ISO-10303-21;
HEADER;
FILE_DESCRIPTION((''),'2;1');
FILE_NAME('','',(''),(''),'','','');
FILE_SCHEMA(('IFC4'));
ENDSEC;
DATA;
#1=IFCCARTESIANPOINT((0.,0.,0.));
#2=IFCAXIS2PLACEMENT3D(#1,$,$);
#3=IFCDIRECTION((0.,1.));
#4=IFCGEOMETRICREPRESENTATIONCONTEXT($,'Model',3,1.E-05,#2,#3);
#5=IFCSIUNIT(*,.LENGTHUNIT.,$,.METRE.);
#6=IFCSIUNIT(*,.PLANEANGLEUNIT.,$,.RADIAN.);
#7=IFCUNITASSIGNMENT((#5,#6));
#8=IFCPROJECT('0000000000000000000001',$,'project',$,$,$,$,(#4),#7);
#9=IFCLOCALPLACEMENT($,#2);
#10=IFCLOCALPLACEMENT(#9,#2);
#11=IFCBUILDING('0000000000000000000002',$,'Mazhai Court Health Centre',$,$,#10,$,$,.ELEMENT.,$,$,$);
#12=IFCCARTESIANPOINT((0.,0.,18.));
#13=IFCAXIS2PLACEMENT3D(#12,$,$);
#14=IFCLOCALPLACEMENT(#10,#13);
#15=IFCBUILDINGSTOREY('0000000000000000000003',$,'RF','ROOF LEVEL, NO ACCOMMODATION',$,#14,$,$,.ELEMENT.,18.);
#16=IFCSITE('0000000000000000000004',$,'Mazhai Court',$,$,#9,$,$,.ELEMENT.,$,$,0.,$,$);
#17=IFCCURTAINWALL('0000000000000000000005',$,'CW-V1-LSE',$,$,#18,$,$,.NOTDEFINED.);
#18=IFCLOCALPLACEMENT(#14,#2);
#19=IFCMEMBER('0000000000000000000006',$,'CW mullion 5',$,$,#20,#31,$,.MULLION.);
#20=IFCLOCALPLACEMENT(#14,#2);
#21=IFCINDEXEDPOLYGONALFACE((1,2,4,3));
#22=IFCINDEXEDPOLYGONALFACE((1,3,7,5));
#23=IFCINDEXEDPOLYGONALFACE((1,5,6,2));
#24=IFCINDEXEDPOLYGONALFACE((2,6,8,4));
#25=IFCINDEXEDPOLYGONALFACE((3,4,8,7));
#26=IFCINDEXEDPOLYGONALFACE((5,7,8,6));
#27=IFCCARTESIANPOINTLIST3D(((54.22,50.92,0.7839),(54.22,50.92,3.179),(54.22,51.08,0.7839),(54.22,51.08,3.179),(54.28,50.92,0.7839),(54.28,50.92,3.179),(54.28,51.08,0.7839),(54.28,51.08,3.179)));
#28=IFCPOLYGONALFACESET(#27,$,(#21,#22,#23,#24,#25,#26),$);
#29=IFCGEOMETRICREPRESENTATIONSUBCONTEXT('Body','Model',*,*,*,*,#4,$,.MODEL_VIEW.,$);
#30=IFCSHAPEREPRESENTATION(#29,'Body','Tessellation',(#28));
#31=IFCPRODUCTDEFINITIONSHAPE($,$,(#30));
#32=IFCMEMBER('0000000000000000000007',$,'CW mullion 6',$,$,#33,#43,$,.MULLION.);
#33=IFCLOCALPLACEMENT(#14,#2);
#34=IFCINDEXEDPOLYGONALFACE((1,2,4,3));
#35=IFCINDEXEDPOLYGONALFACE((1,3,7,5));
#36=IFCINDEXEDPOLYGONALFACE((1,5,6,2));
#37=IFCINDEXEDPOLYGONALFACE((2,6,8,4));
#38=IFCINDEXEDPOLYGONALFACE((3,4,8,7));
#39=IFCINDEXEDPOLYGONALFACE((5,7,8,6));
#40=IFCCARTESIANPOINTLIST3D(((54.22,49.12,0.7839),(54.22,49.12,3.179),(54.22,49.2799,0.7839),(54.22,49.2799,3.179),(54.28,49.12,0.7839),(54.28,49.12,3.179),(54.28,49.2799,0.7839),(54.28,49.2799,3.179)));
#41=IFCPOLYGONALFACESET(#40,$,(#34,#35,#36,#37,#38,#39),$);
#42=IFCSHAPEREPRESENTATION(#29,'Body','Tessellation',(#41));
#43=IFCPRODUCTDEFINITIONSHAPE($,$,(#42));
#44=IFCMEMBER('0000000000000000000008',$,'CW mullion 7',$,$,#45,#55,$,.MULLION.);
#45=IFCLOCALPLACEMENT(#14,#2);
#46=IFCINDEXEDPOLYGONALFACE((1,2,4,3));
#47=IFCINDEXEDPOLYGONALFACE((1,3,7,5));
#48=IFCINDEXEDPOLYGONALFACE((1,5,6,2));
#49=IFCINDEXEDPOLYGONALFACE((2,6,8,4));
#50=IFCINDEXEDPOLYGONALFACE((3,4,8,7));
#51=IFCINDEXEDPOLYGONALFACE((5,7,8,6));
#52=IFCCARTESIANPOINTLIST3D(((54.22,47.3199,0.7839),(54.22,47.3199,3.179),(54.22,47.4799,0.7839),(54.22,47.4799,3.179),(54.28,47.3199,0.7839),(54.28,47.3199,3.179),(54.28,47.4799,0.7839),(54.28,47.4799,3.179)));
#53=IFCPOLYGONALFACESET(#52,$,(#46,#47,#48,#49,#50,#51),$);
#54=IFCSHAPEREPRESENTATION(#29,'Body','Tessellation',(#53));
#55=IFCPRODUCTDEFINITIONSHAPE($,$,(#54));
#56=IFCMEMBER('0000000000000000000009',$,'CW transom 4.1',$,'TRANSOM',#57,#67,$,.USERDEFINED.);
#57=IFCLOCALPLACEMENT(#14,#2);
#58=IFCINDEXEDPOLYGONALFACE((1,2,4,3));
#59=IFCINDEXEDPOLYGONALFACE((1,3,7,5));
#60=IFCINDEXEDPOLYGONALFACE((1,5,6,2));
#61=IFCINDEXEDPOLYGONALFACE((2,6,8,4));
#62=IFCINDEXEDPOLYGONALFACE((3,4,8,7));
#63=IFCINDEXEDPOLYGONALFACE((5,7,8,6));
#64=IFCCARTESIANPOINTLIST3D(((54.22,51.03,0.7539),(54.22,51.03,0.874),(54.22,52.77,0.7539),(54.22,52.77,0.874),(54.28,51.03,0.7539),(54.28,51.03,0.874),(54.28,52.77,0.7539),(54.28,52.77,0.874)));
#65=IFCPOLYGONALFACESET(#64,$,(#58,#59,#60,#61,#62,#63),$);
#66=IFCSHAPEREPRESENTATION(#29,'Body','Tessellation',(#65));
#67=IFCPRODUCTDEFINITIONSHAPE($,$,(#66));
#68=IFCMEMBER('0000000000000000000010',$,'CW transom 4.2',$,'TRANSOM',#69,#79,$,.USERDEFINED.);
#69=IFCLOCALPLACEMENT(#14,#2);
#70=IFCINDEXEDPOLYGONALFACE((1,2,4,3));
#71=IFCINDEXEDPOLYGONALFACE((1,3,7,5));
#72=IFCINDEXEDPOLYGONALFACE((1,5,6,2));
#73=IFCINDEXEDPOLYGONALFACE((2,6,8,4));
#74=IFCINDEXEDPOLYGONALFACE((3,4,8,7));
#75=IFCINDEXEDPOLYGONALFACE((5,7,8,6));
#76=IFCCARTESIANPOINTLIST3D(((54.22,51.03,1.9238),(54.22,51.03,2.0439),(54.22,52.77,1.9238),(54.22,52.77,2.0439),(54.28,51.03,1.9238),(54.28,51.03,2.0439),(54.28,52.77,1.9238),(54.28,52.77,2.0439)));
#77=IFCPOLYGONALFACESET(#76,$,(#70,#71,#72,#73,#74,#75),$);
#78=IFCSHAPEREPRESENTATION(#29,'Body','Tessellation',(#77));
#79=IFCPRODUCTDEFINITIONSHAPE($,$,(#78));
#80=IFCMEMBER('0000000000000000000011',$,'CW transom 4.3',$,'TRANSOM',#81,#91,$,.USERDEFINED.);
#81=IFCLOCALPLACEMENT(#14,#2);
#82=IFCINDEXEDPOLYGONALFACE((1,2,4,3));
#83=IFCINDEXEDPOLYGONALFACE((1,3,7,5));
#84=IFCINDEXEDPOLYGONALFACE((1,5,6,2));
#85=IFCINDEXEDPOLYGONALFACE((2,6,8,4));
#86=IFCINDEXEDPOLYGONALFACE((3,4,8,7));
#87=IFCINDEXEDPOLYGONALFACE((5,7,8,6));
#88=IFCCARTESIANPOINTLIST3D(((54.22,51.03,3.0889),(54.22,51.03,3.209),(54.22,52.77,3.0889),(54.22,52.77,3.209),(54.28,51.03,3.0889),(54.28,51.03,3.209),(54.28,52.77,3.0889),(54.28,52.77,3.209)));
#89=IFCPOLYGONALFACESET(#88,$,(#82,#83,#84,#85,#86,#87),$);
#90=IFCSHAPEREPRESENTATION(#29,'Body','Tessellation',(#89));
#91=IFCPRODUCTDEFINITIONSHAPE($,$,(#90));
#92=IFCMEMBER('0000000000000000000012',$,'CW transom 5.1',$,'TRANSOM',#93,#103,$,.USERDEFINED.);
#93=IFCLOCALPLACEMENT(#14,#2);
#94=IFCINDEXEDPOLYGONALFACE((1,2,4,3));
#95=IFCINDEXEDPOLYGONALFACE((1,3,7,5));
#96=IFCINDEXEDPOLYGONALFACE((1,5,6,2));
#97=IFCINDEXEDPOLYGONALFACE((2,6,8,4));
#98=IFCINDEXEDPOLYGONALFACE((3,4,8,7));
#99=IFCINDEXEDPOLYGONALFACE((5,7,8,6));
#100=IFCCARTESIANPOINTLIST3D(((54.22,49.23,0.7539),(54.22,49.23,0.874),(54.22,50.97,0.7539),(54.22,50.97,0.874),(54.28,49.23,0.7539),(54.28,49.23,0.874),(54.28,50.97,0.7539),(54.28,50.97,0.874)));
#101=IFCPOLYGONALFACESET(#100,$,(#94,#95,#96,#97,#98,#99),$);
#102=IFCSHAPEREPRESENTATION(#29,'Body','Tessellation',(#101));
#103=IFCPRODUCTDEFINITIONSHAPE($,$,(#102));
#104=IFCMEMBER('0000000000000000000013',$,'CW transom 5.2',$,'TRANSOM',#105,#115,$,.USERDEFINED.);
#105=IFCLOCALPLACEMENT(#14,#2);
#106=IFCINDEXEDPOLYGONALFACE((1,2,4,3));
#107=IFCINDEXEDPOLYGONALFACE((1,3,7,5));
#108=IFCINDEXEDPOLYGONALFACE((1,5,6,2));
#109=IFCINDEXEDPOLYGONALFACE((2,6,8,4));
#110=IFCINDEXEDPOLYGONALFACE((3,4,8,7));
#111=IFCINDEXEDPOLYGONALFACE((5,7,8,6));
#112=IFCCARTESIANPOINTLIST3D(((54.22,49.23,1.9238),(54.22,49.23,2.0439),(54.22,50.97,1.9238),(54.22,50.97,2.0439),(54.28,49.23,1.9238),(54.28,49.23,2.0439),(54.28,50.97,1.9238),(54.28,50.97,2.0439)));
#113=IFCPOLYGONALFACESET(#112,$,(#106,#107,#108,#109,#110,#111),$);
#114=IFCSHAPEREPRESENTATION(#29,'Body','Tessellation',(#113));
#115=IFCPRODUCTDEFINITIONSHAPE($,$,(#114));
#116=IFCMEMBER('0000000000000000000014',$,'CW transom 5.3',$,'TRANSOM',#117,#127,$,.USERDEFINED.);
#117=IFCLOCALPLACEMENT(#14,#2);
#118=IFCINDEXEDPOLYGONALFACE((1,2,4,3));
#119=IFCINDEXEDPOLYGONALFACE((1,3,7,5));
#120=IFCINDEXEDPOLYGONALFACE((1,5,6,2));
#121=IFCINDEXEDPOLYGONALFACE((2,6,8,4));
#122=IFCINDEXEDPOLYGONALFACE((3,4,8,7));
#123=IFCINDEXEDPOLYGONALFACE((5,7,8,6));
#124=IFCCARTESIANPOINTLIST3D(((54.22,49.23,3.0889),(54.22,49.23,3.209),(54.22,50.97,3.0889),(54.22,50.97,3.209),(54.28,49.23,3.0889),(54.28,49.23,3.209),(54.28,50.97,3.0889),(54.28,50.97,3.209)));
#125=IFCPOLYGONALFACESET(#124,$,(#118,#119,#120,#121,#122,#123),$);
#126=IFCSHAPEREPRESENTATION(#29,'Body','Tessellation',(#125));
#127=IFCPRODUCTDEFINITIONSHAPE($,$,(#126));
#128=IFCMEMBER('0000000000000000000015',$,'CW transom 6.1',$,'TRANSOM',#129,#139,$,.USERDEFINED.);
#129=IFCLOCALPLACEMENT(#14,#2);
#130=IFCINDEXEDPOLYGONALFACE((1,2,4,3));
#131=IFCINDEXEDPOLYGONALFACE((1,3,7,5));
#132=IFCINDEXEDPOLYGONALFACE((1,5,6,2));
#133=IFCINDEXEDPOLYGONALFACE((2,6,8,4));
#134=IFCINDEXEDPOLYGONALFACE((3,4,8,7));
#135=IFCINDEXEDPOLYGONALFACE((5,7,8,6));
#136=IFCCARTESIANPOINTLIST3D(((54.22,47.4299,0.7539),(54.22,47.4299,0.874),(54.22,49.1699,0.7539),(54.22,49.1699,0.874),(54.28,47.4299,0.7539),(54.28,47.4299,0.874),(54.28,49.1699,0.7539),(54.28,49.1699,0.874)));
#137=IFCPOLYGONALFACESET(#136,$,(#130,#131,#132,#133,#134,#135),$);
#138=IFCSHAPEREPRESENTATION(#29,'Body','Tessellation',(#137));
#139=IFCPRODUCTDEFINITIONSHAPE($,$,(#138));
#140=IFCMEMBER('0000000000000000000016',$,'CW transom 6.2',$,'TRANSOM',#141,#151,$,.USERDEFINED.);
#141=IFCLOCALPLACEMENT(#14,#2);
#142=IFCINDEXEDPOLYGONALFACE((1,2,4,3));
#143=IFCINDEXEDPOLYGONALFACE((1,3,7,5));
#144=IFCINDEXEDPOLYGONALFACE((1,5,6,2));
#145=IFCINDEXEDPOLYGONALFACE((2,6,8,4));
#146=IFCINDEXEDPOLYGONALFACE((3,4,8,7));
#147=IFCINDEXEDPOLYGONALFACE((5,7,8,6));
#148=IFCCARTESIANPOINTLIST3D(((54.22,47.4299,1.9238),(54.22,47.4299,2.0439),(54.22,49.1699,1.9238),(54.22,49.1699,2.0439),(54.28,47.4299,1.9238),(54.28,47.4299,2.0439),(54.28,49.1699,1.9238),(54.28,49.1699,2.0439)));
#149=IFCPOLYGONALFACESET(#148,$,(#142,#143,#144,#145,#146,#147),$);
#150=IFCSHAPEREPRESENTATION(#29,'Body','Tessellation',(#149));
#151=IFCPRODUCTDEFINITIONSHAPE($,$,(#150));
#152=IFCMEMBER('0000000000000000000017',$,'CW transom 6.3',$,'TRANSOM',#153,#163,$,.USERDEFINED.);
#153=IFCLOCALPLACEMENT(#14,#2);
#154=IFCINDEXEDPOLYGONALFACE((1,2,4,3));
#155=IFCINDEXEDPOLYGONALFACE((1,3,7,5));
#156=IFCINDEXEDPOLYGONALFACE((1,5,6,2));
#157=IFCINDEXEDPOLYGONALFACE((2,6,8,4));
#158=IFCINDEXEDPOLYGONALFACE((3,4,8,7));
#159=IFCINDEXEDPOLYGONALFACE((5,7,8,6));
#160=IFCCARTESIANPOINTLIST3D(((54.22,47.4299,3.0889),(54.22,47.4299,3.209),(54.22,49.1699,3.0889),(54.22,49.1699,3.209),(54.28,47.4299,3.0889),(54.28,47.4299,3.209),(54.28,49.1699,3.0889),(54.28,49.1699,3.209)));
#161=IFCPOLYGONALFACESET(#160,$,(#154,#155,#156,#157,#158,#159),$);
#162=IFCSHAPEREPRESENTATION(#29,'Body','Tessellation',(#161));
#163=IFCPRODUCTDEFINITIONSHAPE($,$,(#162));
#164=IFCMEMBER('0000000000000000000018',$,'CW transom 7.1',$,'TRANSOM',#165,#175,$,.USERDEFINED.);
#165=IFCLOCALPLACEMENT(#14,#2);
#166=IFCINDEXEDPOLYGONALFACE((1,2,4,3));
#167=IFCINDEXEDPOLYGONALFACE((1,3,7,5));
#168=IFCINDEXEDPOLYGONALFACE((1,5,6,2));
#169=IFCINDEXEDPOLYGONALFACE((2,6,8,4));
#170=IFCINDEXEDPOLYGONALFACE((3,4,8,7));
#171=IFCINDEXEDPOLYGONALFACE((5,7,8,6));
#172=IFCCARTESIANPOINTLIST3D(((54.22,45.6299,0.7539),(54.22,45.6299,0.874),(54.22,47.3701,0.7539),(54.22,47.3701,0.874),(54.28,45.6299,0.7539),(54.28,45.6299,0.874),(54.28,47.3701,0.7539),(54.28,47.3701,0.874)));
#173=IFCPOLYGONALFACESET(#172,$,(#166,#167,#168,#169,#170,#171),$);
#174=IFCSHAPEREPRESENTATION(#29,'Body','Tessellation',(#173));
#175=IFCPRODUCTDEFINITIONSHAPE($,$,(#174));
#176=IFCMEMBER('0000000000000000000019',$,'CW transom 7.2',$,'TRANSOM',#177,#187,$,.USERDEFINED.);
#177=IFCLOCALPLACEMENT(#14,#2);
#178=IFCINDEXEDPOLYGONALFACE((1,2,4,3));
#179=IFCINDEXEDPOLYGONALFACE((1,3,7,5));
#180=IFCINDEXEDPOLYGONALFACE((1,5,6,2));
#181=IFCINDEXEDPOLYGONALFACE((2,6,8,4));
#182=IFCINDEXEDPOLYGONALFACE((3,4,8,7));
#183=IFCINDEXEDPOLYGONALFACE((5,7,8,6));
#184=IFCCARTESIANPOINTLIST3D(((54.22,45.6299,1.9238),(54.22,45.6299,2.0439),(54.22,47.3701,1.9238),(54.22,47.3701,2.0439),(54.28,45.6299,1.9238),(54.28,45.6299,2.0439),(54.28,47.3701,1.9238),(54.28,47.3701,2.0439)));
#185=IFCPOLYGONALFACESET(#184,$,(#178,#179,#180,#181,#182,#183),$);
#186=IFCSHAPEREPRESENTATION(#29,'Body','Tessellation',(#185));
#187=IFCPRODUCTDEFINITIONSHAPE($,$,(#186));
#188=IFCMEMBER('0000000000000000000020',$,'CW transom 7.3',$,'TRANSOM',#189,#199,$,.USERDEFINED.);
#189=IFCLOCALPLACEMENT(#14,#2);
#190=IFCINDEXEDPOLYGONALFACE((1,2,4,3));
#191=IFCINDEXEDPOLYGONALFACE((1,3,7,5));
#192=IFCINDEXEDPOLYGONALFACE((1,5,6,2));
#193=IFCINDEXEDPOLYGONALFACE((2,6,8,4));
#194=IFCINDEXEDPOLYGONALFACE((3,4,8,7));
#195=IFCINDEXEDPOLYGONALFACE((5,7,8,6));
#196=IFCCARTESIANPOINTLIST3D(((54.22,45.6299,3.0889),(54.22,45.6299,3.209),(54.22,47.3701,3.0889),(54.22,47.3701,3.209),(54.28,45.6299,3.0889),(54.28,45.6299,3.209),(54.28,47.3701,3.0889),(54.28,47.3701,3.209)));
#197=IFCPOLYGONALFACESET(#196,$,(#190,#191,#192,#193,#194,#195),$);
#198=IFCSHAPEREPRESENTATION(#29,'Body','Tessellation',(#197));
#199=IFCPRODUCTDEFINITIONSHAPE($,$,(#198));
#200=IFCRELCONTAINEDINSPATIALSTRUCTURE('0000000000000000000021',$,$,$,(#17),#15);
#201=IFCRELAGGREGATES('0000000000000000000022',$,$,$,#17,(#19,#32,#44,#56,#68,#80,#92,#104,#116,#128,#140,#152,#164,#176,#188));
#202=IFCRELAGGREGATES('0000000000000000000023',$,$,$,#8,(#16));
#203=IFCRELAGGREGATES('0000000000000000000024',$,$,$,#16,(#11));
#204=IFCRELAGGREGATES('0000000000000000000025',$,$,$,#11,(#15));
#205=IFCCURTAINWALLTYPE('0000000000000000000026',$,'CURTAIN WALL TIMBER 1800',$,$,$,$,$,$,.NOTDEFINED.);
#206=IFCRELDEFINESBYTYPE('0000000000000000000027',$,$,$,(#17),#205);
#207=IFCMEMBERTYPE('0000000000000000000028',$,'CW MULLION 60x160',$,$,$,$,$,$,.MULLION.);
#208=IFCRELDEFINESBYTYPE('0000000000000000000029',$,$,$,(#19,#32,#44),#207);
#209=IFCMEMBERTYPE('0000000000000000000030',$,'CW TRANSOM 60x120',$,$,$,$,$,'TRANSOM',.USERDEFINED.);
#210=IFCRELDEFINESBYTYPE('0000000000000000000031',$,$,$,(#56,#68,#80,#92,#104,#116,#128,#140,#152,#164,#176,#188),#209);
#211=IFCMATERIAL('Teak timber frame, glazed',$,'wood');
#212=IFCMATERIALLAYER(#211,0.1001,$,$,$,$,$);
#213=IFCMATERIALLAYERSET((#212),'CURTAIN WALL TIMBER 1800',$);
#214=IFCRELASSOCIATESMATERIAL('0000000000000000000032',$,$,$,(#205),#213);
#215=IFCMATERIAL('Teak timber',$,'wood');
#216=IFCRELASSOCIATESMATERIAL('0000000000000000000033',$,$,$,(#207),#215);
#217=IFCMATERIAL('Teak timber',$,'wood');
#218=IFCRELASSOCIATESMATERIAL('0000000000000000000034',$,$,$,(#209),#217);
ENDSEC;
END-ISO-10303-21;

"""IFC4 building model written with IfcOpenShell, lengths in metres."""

from ifc_helpers import new_model, si_unit, direction, frame, origin, origin_2d, place, context, subcontext, project, spatial, rectangle, extrude, material, layer, layer_set, material_profile, profile_set, type_object, element, aggregate, save


model = new_model("IFC4")

# Units and contexts
model_context = context("Model", 3, precision=1e-05, world=origin(), true_north=direction((0.0, 1.0)))
body_context = subcontext(model_context, "Body", "Model", "MODEL_VIEW")
ifc_project = project(units=[si_unit("LENGTHUNIT", "METRE"), si_unit("PLANEANGLEUNIT", "RADIAN")], contexts=[model_context])

# Site, building, storey
site_placement = place(None, origin())
site = spatial("IfcSite", under=ifc_project, at=site_placement, Name="Mazhai Court", CompositionType="ELEMENT", RefElevation=0.0)
building_placement = place(site_placement, origin())
building = spatial("IfcBuilding", under=site, at=building_placement, Name="Mazhai Court Health Centre", CompositionType="ELEMENT")
storey_placement = place(building_placement, frame((0.0, 0.0, 18.0)))
storey = spatial("IfcBuildingStorey", under=building, at=storey_placement, Name="RF", Description="ROOF LEVEL, NO ACCOMMODATION", CompositionType="ELEMENT", Elevation=18.0)

# Curtain wall, members
ifc_material_1 = material(Name="Teak timber frame, glazed", Category="wood")
ifc_layer_1 = layer(ifc_material_1, 0.1001)
ifc_layer_set_1 = layer_set([ifc_layer_1], Name="CURTAIN WALL TIMBER 1800")
curtain_wall_type = type_object("IfcCurtainWallType", Name="CURTAIN WALL TIMBER 1800", PredefinedType="NOTDEFINED", material=ifc_layer_set_1)
curtain_wall_placement = place(storey_placement, origin())
curtain_wall = element("IfcCurtainWall", 1, at=curtain_wall_placement, inside=storey, type_object=curtain_wall_type, Name="CW-V1-LSE", PredefinedType="NOTDEFINED")
ifc_material_2 = material(Name="Teak timber", Category="wood")
ifc_material_profile_1 = material_profile(ifc_material_2, rectangle(XDim=0.0601, YDim=0.1599, at=origin_2d()), Name="CW MULLION 60x160")
ifc_profile_set_1 = profile_set([ifc_material_profile_1], Name="Teak timber")
member_type_1 = type_object("IfcMemberType", Name="CW MULLION 60x160", PredefinedType="MULLION", material=ifc_profile_set_1)
member_1_placement = place(storey_placement, frame((54.25, 51.0, 0.7839), z_axis=(0.0, 0.0, 1.0), x_axis=(1.0, 0.0, 0.0)))
member_1 = element("IfcMember", 2, at=member_1_placement, type_object=member_type_1, Name="CW mullion 5", PredefinedType="MULLION", context=body_context, shape_type="SweptSolid", body=[
    extrude(rectangle(XDim=0.0601, YDim=0.1599, at=origin_2d()), origin(), (0.0, 0.0, 1.0), 2.395),
])
member_2_placement = place(storey_placement, frame((54.25, 49.2, 0.7839), z_axis=(0.0, 0.0, 1.0), x_axis=(1.0, 0.0, 0.0)))
member_2 = element("IfcMember", 3, at=member_2_placement, type_object=member_type_1, Name="CW mullion 6", PredefinedType="MULLION", context=body_context, shape_type="SweptSolid", body=[
    extrude(rectangle(XDim=0.0601, YDim=0.1599, at=origin_2d()), origin(), (0.0, 0.0, 1.0), 2.395),
])
member_3_placement = place(storey_placement, frame((54.25, 47.3999, 0.7839), z_axis=(0.0, 0.0, 1.0), x_axis=(1.0, 0.0, 0.0)))
member_3 = element("IfcMember", 4, at=member_3_placement, type_object=member_type_1, Name="CW mullion 7", PredefinedType="MULLION", context=body_context, shape_type="SweptSolid", body=[
    extrude(rectangle(XDim=0.0601, YDim=0.1599, at=origin_2d()), origin(), (0.0, 0.0, 1.0), 2.395),
])
ifc_material_3 = material(Name="Teak timber", Category="wood")
ifc_material_profile_2 = material_profile(ifc_material_3, rectangle(XDim=0.0601, YDim=0.1201, at=origin_2d()), Name="CW TRANSOM 60x120")
ifc_profile_set_2 = profile_set([ifc_material_profile_2], Name="Teak timber")
member_type_2 = type_object("IfcMemberType", Name="CW TRANSOM 60x120", ElementType="TRANSOM", PredefinedType="USERDEFINED", material=ifc_profile_set_2)
member_4_placement = place(storey_placement, frame((54.25, 52.77, 0.814), z_axis=(0.0, -1.0, 0.0), x_axis=(1.0, 0.0, 0.0)))
member_4 = element("IfcMember", 5, at=member_4_placement, type_object=member_type_2, Name="CW transom 4.1", ObjectType="TRANSOM", PredefinedType="USERDEFINED", context=body_context, shape_type="SweptSolid", body=[
    extrude(rectangle(XDim=0.0601, YDim=0.1201, at=origin_2d()), origin(), (0.0, 0.0, 1.0), 1.74),
])
member_5_placement = place(storey_placement, frame((54.25, 52.77, 1.9839), z_axis=(0.0, -1.0, 0.0), x_axis=(1.0, 0.0, 0.0)))
member_5 = element("IfcMember", 6, at=member_5_placement, type_object=member_type_2, Name="CW transom 4.2", ObjectType="TRANSOM", PredefinedType="USERDEFINED", context=body_context, shape_type="SweptSolid", body=[
    extrude(rectangle(XDim=0.0601, YDim=0.1201, at=origin_2d()), origin(), (0.0, 0.0, 1.0), 1.74),
])
member_6_placement = place(storey_placement, frame((54.25, 52.77, 3.1489), z_axis=(0.0, -1.0, 0.0), x_axis=(1.0, 0.0, 0.0)))
member_6 = element("IfcMember", 7, at=member_6_placement, type_object=member_type_2, Name="CW transom 4.3", ObjectType="TRANSOM", PredefinedType="USERDEFINED", context=body_context, shape_type="SweptSolid", body=[
    extrude(rectangle(XDim=0.0601, YDim=0.1201, at=origin_2d()), origin(), (0.0, 0.0, 1.0), 1.74),
])
member_7_placement = place(storey_placement, frame((54.25, 50.97, 0.814), z_axis=(0.0, -1.0, 0.0), x_axis=(1.0, 0.0, 0.0)))
member_7 = element("IfcMember", 8, at=member_7_placement, type_object=member_type_2, Name="CW transom 5.1", ObjectType="TRANSOM", PredefinedType="USERDEFINED", context=body_context, shape_type="SweptSolid", body=[
    extrude(rectangle(XDim=0.0601, YDim=0.1201, at=origin_2d()), origin(), (0.0, 0.0, 1.0), 1.74),
])
member_8_placement = place(storey_placement, frame((54.25, 50.97, 1.9839), z_axis=(0.0, -1.0, 0.0), x_axis=(1.0, 0.0, 0.0)))
member_8 = element("IfcMember", 9, at=member_8_placement, type_object=member_type_2, Name="CW transom 5.2", ObjectType="TRANSOM", PredefinedType="USERDEFINED", context=body_context, shape_type="SweptSolid", body=[
    extrude(rectangle(XDim=0.0601, YDim=0.1201, at=origin_2d()), origin(), (0.0, 0.0, 1.0), 1.74),
])
member_9_placement = place(storey_placement, frame((54.25, 50.97, 3.1489), z_axis=(0.0, -1.0, 0.0), x_axis=(1.0, 0.0, 0.0)))
member_9 = element("IfcMember", 10, at=member_9_placement, type_object=member_type_2, Name="CW transom 5.3", ObjectType="TRANSOM", PredefinedType="USERDEFINED", context=body_context, shape_type="SweptSolid", body=[
    extrude(rectangle(XDim=0.0601, YDim=0.1201, at=origin_2d()), origin(), (0.0, 0.0, 1.0), 1.74),
])
member_10_placement = place(storey_placement, frame((54.25, 49.1699, 0.814), z_axis=(0.0, -1.0, 0.0), x_axis=(1.0, 0.0, 0.0)))
member_10 = element("IfcMember", 11, at=member_10_placement, type_object=member_type_2, Name="CW transom 6.1", ObjectType="TRANSOM", PredefinedType="USERDEFINED", context=body_context, shape_type="SweptSolid", body=[
    extrude(rectangle(XDim=0.0601, YDim=0.1201, at=origin_2d()), origin(), (0.0, 0.0, 1.0), 1.74),
])
member_11_placement = place(storey_placement, frame((54.25, 49.1699, 1.9839), z_axis=(0.0, -1.0, 0.0), x_axis=(1.0, 0.0, 0.0)))
member_11 = element("IfcMember", 12, at=member_11_placement, type_object=member_type_2, Name="CW transom 6.2", ObjectType="TRANSOM", PredefinedType="USERDEFINED", context=body_context, shape_type="SweptSolid", body=[
    extrude(rectangle(XDim=0.0601, YDim=0.1201, at=origin_2d()), origin(), (0.0, 0.0, 1.0), 1.74),
])
member_12_placement = place(storey_placement, frame((54.25, 49.1699, 3.1489), z_axis=(0.0, -1.0, 0.0), x_axis=(1.0, 0.0, 0.0)))
member_12 = element("IfcMember", 13, at=member_12_placement, type_object=member_type_2, Name="CW transom 6.3", ObjectType="TRANSOM", PredefinedType="USERDEFINED", context=body_context, shape_type="SweptSolid", body=[
    extrude(rectangle(XDim=0.0601, YDim=0.1201, at=origin_2d()), origin(), (0.0, 0.0, 1.0), 1.74),
])
member_13_placement = place(storey_placement, frame((54.25, 47.3701, 0.814), z_axis=(0.0, -1.0, 0.0), x_axis=(1.0, 0.0, 0.0)))
member_13 = element("IfcMember", 14, at=member_13_placement, type_object=member_type_2, Name="CW transom 7.1", ObjectType="TRANSOM", PredefinedType="USERDEFINED", context=body_context, shape_type="SweptSolid", body=[
    extrude(rectangle(XDim=0.0601, YDim=0.1201, at=origin_2d()), origin(), (0.0, 0.0, 1.0), 1.7402),
])
member_14_placement = place(storey_placement, frame((54.25, 47.3701, 1.9839), z_axis=(0.0, -1.0, 0.0), x_axis=(1.0, 0.0, 0.0)))
member_14 = element("IfcMember", 15, at=member_14_placement, type_object=member_type_2, Name="CW transom 7.2", ObjectType="TRANSOM", PredefinedType="USERDEFINED", context=body_context, shape_type="SweptSolid", body=[
    extrude(rectangle(XDim=0.0601, YDim=0.1201, at=origin_2d()), origin(), (0.0, 0.0, 1.0), 1.7402),
])
member_15_placement = place(storey_placement, frame((54.25, 47.3701, 3.1489), z_axis=(0.0, -1.0, 0.0), x_axis=(1.0, 0.0, 0.0)))
member_15 = element("IfcMember", 16, at=member_15_placement, type_object=member_type_2, Name="CW transom 7.3", ObjectType="TRANSOM", PredefinedType="USERDEFINED", context=body_context, shape_type="SweptSolid", body=[
    extrude(rectangle(XDim=0.0601, YDim=0.1201, at=origin_2d()), origin(), (0.0, 0.0, 1.0), 1.7402),
])
aggregate(curtain_wall, [member_1, member_2, member_3, member_4, member_5, member_6, member_7, member_8, member_9, member_10, member_11, member_12, member_13, member_14, member_15])

save(model, "model.ifc")
